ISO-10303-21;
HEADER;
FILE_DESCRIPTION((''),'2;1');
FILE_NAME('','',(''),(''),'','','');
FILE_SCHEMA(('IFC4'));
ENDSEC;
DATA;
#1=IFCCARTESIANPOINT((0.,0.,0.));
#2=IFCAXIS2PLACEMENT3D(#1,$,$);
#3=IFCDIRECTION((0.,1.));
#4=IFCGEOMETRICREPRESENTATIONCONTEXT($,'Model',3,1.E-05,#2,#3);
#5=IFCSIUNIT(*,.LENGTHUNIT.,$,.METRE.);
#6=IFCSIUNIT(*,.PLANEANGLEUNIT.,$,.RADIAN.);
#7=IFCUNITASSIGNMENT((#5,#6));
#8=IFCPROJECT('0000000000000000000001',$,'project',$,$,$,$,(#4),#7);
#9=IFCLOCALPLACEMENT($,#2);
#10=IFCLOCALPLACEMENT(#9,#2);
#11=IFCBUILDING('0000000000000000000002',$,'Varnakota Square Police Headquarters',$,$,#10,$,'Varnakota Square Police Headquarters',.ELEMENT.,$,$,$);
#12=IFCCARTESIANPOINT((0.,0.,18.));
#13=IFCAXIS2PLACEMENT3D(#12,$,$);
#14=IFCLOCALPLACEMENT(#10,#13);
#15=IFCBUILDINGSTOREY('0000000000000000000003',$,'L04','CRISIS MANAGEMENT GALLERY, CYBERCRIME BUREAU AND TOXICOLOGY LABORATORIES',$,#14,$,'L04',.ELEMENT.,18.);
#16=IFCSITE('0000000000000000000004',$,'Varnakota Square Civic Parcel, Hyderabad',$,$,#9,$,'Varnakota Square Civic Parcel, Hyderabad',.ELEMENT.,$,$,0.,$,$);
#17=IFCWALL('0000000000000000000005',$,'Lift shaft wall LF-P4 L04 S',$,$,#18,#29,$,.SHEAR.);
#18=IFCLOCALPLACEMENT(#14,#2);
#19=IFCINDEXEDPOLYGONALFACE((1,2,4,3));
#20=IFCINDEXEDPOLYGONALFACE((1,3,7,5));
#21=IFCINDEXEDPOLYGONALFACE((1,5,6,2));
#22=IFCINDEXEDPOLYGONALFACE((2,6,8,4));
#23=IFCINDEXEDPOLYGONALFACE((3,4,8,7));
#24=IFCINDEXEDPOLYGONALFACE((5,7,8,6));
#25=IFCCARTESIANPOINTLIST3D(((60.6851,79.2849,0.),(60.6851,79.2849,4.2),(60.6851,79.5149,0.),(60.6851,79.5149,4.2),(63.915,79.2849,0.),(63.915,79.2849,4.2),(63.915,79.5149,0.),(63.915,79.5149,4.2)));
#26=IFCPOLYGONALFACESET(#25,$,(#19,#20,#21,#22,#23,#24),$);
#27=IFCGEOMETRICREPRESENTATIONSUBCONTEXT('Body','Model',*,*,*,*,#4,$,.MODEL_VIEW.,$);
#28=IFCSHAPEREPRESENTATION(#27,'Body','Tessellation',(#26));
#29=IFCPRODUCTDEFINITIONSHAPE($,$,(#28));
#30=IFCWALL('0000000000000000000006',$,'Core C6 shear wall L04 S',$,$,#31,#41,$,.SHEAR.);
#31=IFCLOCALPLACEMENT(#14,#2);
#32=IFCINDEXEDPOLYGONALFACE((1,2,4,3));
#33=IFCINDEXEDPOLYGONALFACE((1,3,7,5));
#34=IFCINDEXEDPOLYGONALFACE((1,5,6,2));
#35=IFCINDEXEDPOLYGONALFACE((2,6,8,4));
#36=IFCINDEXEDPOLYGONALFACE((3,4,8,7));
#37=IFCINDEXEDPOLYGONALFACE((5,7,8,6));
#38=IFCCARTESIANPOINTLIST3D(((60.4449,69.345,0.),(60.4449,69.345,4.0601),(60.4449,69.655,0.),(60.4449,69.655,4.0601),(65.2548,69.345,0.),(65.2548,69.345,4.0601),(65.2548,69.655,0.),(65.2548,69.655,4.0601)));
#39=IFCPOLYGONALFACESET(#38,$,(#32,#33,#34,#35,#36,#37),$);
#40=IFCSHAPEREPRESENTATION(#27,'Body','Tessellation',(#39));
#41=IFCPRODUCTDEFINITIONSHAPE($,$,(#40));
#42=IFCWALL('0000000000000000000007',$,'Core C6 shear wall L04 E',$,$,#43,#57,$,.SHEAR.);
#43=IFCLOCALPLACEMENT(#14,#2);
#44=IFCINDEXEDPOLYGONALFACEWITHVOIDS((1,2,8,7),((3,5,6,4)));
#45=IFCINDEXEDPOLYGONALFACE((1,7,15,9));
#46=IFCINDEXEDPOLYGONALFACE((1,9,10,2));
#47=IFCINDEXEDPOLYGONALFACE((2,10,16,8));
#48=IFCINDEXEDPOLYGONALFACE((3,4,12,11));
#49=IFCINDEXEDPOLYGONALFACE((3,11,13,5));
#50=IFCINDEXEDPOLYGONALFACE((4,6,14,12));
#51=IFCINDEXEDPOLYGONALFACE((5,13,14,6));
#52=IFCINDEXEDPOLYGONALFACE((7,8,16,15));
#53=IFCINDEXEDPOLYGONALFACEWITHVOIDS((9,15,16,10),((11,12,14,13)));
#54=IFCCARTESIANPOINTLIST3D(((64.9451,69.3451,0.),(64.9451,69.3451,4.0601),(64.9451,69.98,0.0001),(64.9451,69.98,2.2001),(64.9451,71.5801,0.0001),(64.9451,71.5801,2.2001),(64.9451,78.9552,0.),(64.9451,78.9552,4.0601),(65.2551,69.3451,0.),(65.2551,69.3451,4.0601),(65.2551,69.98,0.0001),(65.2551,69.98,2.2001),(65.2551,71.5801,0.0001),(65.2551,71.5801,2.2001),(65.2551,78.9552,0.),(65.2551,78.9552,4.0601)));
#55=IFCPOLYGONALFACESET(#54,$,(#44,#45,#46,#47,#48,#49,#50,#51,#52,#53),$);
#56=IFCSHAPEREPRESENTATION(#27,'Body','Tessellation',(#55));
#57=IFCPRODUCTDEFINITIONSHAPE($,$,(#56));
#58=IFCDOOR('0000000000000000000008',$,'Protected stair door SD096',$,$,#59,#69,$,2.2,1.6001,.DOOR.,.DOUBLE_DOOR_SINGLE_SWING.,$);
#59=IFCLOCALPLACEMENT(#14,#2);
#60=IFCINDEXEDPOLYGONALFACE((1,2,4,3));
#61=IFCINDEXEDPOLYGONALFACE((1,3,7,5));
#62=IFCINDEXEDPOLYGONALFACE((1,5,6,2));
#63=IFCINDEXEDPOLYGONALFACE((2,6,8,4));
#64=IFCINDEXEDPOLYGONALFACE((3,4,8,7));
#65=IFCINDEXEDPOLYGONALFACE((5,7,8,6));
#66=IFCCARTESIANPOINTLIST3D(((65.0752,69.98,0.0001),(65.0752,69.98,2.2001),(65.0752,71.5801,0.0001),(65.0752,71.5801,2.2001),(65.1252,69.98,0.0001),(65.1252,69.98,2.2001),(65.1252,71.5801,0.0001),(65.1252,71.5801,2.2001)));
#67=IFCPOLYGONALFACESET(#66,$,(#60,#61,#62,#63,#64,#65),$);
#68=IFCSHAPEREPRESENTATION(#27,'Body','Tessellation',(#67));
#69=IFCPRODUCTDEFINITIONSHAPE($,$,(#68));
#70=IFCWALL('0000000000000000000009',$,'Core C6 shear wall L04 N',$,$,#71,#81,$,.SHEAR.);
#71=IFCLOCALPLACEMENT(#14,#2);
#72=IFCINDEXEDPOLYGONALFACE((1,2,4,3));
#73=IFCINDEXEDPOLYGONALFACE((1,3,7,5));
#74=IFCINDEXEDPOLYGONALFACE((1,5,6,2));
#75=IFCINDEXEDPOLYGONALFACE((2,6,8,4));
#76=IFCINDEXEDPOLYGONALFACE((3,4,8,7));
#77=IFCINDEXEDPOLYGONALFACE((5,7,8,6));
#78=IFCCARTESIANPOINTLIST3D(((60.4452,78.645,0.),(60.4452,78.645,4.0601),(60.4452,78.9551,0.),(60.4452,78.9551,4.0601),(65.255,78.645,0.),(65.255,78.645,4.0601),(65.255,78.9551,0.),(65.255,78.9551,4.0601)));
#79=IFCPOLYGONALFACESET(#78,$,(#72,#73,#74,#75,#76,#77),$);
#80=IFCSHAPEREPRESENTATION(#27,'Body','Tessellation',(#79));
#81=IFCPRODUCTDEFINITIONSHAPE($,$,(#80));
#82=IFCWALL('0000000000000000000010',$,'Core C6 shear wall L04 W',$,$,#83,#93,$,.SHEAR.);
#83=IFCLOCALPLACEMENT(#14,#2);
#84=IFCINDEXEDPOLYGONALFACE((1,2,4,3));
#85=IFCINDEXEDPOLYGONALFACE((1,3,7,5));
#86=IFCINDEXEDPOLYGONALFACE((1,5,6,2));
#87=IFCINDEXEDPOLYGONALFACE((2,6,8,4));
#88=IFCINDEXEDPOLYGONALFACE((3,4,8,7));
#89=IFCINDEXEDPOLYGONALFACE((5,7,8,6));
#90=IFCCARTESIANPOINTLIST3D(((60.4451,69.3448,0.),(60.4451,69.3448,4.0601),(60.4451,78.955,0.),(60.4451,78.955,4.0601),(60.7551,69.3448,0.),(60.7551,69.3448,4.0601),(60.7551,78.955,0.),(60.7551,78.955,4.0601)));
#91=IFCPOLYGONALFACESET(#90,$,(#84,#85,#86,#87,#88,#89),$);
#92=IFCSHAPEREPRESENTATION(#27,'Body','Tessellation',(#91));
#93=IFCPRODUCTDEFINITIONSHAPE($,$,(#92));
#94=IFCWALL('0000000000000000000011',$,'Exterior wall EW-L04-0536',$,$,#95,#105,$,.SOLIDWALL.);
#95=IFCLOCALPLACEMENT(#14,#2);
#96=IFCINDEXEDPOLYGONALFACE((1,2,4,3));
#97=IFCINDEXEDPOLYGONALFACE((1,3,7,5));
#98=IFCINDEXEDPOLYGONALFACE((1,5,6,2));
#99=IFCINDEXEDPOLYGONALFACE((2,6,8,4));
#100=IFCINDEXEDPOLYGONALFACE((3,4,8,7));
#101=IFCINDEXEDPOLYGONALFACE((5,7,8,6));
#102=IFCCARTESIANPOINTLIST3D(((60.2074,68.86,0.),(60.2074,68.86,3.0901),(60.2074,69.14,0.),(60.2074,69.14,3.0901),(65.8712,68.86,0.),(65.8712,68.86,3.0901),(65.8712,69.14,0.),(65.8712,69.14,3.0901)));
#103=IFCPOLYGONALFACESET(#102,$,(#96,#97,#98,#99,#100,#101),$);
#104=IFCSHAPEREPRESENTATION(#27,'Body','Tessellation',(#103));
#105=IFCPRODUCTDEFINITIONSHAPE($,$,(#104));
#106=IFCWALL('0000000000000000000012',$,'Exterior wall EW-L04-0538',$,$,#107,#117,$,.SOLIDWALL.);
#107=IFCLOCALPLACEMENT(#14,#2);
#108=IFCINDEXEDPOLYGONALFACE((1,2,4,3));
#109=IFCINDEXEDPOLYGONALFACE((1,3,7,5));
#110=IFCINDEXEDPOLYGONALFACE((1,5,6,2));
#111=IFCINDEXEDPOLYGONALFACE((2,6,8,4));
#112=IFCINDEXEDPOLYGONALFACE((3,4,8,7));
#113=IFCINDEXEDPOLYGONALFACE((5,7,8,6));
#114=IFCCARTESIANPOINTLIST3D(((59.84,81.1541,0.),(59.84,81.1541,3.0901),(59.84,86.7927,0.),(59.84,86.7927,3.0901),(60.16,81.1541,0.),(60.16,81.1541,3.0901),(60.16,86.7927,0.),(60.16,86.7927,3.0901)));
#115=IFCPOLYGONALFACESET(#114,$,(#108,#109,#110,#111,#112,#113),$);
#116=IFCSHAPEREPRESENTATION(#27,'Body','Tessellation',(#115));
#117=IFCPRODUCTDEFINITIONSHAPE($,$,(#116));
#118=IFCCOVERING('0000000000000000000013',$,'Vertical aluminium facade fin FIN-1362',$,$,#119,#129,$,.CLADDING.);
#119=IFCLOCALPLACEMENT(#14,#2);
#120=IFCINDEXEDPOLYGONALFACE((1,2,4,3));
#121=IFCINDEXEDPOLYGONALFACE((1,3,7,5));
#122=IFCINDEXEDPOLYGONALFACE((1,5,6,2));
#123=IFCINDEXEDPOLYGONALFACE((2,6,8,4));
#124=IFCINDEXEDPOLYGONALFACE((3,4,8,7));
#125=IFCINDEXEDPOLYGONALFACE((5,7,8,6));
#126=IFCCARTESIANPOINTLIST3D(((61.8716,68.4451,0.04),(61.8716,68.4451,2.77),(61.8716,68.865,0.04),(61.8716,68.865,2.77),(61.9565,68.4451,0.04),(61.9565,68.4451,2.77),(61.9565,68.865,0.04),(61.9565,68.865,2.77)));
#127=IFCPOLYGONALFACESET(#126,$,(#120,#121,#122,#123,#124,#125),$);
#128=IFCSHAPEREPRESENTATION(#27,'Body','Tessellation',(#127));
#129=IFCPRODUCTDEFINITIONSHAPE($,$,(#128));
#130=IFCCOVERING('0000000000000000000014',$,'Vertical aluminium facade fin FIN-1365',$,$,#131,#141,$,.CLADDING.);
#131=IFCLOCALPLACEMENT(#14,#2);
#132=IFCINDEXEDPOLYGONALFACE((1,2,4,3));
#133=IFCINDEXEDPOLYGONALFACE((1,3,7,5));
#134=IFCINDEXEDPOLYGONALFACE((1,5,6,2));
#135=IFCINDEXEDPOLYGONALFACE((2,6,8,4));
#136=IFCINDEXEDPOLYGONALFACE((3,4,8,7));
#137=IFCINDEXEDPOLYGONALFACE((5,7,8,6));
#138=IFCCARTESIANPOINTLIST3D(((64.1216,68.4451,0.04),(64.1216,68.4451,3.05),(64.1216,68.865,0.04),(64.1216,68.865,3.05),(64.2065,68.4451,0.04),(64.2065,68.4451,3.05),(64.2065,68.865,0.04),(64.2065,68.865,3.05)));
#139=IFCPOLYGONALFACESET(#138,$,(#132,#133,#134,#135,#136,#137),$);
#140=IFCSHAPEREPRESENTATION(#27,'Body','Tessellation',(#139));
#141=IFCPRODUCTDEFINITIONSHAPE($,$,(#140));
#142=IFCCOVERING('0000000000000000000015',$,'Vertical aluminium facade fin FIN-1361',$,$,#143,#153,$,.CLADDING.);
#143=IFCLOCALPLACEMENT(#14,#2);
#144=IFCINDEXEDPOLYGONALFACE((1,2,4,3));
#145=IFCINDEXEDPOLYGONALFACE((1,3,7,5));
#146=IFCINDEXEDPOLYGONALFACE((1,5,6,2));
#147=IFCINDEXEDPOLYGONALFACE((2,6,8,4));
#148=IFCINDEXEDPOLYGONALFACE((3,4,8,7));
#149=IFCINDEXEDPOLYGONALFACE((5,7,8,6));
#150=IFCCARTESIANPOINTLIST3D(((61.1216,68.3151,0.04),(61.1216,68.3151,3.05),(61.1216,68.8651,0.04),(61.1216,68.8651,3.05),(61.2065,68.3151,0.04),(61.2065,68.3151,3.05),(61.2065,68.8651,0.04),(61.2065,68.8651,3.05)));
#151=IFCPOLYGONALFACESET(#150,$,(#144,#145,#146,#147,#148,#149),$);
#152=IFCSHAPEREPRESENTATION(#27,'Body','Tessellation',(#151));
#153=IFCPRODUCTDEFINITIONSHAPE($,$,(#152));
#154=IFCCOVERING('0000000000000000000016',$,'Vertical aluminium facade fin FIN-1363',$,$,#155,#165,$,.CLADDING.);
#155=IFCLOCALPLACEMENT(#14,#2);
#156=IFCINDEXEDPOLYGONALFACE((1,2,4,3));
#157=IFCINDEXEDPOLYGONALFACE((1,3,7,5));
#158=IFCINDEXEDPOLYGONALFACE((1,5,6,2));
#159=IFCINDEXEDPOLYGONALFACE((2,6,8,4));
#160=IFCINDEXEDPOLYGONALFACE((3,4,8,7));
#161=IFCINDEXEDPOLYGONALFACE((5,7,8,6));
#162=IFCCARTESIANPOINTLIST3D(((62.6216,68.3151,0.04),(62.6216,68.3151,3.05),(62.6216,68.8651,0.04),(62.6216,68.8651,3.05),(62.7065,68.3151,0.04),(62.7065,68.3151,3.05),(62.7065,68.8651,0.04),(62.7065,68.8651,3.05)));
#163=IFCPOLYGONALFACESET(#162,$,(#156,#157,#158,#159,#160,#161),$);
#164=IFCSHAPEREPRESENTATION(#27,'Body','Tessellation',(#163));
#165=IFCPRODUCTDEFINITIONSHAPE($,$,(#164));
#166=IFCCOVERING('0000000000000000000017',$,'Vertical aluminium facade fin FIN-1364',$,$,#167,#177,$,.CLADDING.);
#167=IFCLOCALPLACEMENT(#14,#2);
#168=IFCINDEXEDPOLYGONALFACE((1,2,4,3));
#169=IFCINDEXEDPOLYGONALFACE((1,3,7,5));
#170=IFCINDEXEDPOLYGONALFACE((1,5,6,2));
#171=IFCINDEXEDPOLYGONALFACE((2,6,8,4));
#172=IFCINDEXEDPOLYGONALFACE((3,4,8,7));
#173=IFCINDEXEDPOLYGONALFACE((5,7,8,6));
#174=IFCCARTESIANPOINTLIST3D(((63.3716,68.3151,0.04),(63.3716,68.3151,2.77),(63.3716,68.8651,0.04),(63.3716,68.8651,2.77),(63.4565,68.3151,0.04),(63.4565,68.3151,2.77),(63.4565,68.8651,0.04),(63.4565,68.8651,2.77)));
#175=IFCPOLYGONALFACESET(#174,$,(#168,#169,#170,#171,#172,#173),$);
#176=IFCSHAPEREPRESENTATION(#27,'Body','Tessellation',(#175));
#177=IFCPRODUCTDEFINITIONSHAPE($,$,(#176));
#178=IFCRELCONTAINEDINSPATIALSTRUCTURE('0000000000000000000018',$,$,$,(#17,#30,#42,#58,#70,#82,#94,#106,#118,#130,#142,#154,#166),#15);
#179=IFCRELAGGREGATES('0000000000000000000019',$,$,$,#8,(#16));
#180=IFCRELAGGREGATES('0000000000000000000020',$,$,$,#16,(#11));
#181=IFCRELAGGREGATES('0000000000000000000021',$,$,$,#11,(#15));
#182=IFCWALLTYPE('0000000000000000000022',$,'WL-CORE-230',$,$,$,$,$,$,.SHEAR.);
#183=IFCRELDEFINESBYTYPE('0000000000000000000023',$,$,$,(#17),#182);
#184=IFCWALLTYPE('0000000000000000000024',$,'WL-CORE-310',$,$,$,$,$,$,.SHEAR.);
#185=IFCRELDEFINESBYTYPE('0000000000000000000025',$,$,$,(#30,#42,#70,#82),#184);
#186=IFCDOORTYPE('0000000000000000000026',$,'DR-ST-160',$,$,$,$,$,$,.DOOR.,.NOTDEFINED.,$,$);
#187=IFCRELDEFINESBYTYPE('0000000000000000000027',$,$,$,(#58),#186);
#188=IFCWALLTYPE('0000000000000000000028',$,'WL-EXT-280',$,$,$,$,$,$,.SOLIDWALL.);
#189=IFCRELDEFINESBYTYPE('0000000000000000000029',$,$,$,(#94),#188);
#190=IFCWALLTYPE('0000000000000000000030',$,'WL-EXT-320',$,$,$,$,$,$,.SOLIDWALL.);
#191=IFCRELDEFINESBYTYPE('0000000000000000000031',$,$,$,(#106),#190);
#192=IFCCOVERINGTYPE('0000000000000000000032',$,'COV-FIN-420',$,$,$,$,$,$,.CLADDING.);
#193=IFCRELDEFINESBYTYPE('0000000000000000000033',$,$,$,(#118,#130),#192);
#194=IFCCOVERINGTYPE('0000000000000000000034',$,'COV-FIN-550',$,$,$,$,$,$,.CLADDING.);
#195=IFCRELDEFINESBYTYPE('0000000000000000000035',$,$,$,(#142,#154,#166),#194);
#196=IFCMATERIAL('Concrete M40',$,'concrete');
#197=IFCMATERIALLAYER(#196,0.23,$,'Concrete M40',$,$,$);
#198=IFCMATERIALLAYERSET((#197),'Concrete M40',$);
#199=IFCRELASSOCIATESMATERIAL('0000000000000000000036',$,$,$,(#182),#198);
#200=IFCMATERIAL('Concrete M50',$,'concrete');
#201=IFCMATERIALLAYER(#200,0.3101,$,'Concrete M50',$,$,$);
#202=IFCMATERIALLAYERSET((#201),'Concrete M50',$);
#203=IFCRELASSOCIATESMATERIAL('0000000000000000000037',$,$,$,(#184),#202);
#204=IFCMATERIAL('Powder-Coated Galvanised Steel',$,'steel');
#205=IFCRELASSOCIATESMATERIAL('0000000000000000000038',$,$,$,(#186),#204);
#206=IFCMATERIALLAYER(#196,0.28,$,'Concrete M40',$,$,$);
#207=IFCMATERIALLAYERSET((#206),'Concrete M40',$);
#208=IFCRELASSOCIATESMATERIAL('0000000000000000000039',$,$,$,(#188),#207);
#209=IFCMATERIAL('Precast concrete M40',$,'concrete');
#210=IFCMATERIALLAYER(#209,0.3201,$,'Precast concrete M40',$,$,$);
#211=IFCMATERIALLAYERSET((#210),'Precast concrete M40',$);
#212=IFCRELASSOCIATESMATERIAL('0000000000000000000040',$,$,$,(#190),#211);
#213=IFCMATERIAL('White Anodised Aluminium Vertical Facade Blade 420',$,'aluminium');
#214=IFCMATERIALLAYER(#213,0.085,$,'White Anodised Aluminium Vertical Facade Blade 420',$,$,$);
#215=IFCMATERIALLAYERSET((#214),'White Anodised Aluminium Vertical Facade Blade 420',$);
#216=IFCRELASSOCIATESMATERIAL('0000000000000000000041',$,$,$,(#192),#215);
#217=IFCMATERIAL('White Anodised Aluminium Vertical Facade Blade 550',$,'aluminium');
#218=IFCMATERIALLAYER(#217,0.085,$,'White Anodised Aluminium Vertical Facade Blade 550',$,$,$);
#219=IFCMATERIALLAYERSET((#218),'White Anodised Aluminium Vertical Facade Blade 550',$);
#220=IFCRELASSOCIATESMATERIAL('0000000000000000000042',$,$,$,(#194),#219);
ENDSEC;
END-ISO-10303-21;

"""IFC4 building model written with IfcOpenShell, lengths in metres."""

from ifc_helpers import new_model, si_unit, direction, frame, frame_2d, origin, origin_2d, place, context, subcontext, project, spatial, rectangle, extrude, material, layer, layer_set, type_object, element, fill, save


model = new_model("IFC4")

# Units and contexts
model_context = context("Model", 3, precision=1e-05, world=origin(), true_north=direction((0.0, 1.0)))
body_context = subcontext(model_context, "Body", "Model", "MODEL_VIEW")
ifc_project = project(units=[si_unit("LENGTHUNIT", "METRE"), si_unit("PLANEANGLEUNIT", "RADIAN")], contexts=[model_context])

# Site, building, storey
site_placement = place(None, origin())
site = spatial("IfcSite", under=ifc_project, at=site_placement, Name="Varnakota Square Civic Parcel, Hyderabad", LongName="Varnakota Square Civic Parcel, Hyderabad", CompositionType="ELEMENT", RefElevation=0.0)
building_placement = place(site_placement, origin())
building = spatial("IfcBuilding", under=site, at=building_placement, Name="Varnakota Square Police Headquarters", LongName="Varnakota Square Police Headquarters", CompositionType="ELEMENT")
storey_placement = place(building_placement, frame((0.0, 0.0, 18.0)))
storey = spatial("IfcBuildingStorey", under=building, at=storey_placement, Name="L04", Description="CRISIS MANAGEMENT GALLERY, CYBERCRIME BUREAU AND TOXICOLOGY LABORATORIES", LongName="L04", CompositionType="ELEMENT", Elevation=18.0)

# Wall
ifc_material_1 = material(Name="Concrete M40", Category="concrete")
ifc_layer_1 = layer(ifc_material_1, 0.23, Name="Concrete M40")
ifc_layer_set_1 = layer_set([ifc_layer_1], Name="Concrete M40")
wall_type_1 = type_object("IfcWallType", Name="WL-CORE-230", PredefinedType="SHEAR", material=ifc_layer_set_1)
wall_1_placement = place(storey_placement, frame((60.6851, 79.3999, 0.0), z_axis=(0.0, 0.0, 1.0), x_axis=(1.0, 0.0, 0.0)))
element("IfcWall", 1, at=wall_1_placement, inside=storey, type_object=wall_type_1, Name="Lift shaft wall LF-P4 L04 S", PredefinedType="SHEAR", context=body_context, shape_type="SweptSolid", body=[
    extrude(rectangle(XDim=3.23, YDim=0.23, at=frame_2d((1.615, 0.0))), origin(), (0.0, 0.0, 1.0), 4.2),
])

# Wall
ifc_material_2 = material(Name="Concrete M50", Category="concrete")
ifc_layer_2 = layer(ifc_material_2, 0.3101, Name="Concrete M50")
ifc_layer_set_2 = layer_set([ifc_layer_2], Name="Concrete M50")
wall_type_2 = type_object("IfcWallType", Name="WL-CORE-310", PredefinedType="SHEAR", material=ifc_layer_set_2)
wall_2_placement = place(storey_placement, frame((60.4451, 69.5, 0.0), z_axis=(0.0, 0.0, 1.0), x_axis=(1.0, 0.0, 0.0)))
element("IfcWall", 2, at=wall_2_placement, inside=storey, type_object=wall_type_2, Name="Core C6 shear wall L04 S", PredefinedType="SHEAR", context=body_context, shape_type="SweptSolid", body=[
    extrude(rectangle(XDim=4.8098, YDim=0.3101, at=frame_2d((2.4048, 0.0))), origin(), (0.0, 0.0, 1.0), 4.0601),
])

# Wall, opening, door
wall_3_placement = place(storey_placement, frame((65.1001, 69.345, 0.0), z_axis=(0.0, 0.0, 1.0), x_axis=(0.0, 1.0, 0.0)))
wall_3 = element("IfcWall", 3, at=wall_3_placement, inside=storey, type_object=wall_type_2, Name="Core C6 shear wall L04 E", PredefinedType="SHEAR", context=body_context, shape_type="SweptSolid", body=[
    extrude(rectangle(XDim=9.6101, YDim=0.3101, at=frame_2d((4.8052, 0.0))), origin(), (0.0, 0.0, 1.0), 4.0601),
])
opening_1_placement = place(wall_3_placement, frame((0.635, 0.0, 0.0)))
opening_1 = element("IfcOpeningElement", 4, at=opening_1_placement, cuts=wall_3, PredefinedType="OPENING", context=body_context, shape_type="SweptSolid", body=[
    extrude(rectangle(XDim=1.6001, YDim=2.2, at=frame_2d((0.8, 1.1001))), frame((0.0, 0.165, 0.0), z_axis=(0.0, -1.0, 0.0), x_axis=(1.0, 0.0, 0.0)), (0.0, 0.0, 1.0), 0.3301),
])
ifc_material_3 = material(Name="Powder-Coated Galvanised Steel", Category="steel")
door_type_1 = type_object("IfcDoorType", Name="DR-ST-160", OperationType="NOTDEFINED", PredefinedType="DOOR", material=ifc_material_3)
door_1_placement = place(opening_1_placement, origin())
door_1 = element("IfcDoor", 5, at=door_1_placement, inside=storey, type_object=door_type_1, Name="Protected stair door SD096", OperationType="DOUBLE_DOOR_SINGLE_SWING", OverallHeight=2.2, OverallWidth=1.6001, PredefinedType="DOOR", context=body_context, shape_type="SweptSolid", body=[
    extrude(rectangle(XDim=1.6001, YDim=2.2, at=frame_2d((0.8, 1.1001))), frame((0.0, 0.0249, 0.0), z_axis=(0.0, -1.0, 0.0), x_axis=(1.0, 0.0, 0.0)), (0.0, 0.0, 1.0), 0.05),
])
fill(opening_1, door_1)

# Walls
wall_4_placement = place(storey_placement, frame((65.2549, 78.8, 0.0), z_axis=(0.0, 0.0, 1.0), x_axis=(-1.0, 0.0, 0.0)))
element("IfcWall", 6, at=wall_4_placement, inside=storey, type_object=wall_type_2, Name="Core C6 shear wall L04 N", PredefinedType="SHEAR", context=body_context, shape_type="SweptSolid", body=[
    extrude(rectangle(XDim=4.8098, YDim=0.3101, at=frame_2d((2.4048, 0.0))), origin(), (0.0, 0.0, 1.0), 4.0601),
])
wall_5_placement = place(storey_placement, frame((60.6001, 78.9551, 0.0), z_axis=(0.0, 0.0, 1.0), x_axis=(0.0, -1.0, 0.0)))
element("IfcWall", 7, at=wall_5_placement, inside=storey, type_object=wall_type_2, Name="Core C6 shear wall L04 W", PredefinedType="SHEAR", context=body_context, shape_type="SweptSolid", body=[
    extrude(rectangle(XDim=9.6101, YDim=0.3101, at=frame_2d((4.8052, 0.0))), origin(), (0.0, 0.0, 1.0), 4.0601),
])
ifc_layer_3 = layer(ifc_material_1, 0.28, Name="Concrete M40")
ifc_layer_set_3 = layer_set([ifc_layer_3], Name="Concrete M40")
wall_type_3 = type_object("IfcWallType", Name="WL-EXT-280", PredefinedType="SOLIDWALL", material=ifc_layer_set_3)
wall_6_placement = place(storey_placement, frame((60.2073, 69.0, 0.0), z_axis=(0.0, 0.0, 1.0), x_axis=(1.0, 0.0, 0.0)))
element("IfcWall", 8, at=wall_6_placement, inside=storey, type_object=wall_type_3, Name="Exterior wall EW-L04-0536", PredefinedType="SOLIDWALL", context=body_context, shape_type="SweptSolid", body=[
    extrude(rectangle(XDim=5.6638, YDim=0.28, at=frame_2d((2.832, 0.0))), origin(), (0.0, 0.0, 1.0), 3.0901),
])
ifc_material_4 = material(Name="Precast concrete M40", Category="concrete")
ifc_layer_4 = layer(ifc_material_4, 0.3201, Name="Precast concrete M40")
ifc_layer_set_4 = layer_set([ifc_layer_4], Name="Precast concrete M40")
wall_type_4 = type_object("IfcWallType", Name="WL-EXT-320", PredefinedType="SOLIDWALL", material=ifc_layer_set_4)
wall_7_placement = place(storey_placement, frame((60.0, 81.1541, 0.0), z_axis=(0.0, 0.0, 1.0), x_axis=(0.0, 1.0, 0.0)))
element("IfcWall", 9, at=wall_7_placement, inside=storey, type_object=wall_type_4, Name="Exterior wall EW-L04-0538", PredefinedType="SOLIDWALL", context=body_context, shape_type="SweptSolid", body=[
    extrude(rectangle(XDim=5.6387, YDim=0.3201, at=frame_2d((2.8193, 0.0))), origin(), (0.0, 0.0, 1.0), 3.0901),
])

# Coverings
ifc_material_5 = material(Name="White Anodised Aluminium Vertical Facade Blade 420", Category="aluminium")
ifc_layer_5 = layer(ifc_material_5, 0.085, Name="White Anodised Aluminium Vertical Facade Blade 420")
ifc_layer_set_5 = layer_set([ifc_layer_5], Name="White Anodised Aluminium Vertical Facade Blade 420")
covering_type_1 = type_object("IfcCoveringType", Name="COV-FIN-420", PredefinedType="CLADDING", material=ifc_layer_set_5)
covering_1_placement = place(storey_placement, frame((61.9141, 68.655, 0.04), z_axis=(0.0, 0.0, 1.0), x_axis=(1.0, 0.0, 0.0)))
element("IfcCovering", 10, at=covering_1_placement, inside=storey, type_object=covering_type_1, Name="Vertical aluminium facade fin FIN-1362", PredefinedType="CLADDING", context=body_context, shape_type="SweptSolid", body=[
    extrude(rectangle(XDim=0.085, YDim=0.4199, at=origin_2d()), origin(), (0.0, 0.0, 1.0), 2.73),
])
covering_2_placement = place(storey_placement, frame((64.1641, 68.655, 0.04), z_axis=(0.0, 0.0, 1.0), x_axis=(1.0, 0.0, 0.0)))
element("IfcCovering", 11, at=covering_2_placement, inside=storey, type_object=covering_type_1, Name="Vertical aluminium facade fin FIN-1365", PredefinedType="CLADDING", context=body_context, shape_type="SweptSolid", body=[
    extrude(rectangle(XDim=0.085, YDim=0.4199, at=origin_2d()), origin(), (0.0, 0.0, 1.0), 3.01),
])
ifc_material_6 = material(Name="White Anodised Aluminium Vertical Facade Blade 550", Category="aluminium")
ifc_layer_6 = layer(ifc_material_6, 0.085, Name="White Anodised Aluminium Vertical Facade Blade 550")
ifc_layer_set_6 = layer_set([ifc_layer_6], Name="White Anodised Aluminium Vertical Facade Blade 550")
covering_type_2 = type_object("IfcCoveringType", Name="COV-FIN-550", PredefinedType="CLADDING", material=ifc_layer_set_6)
for number, where, z_axis, x_axis, name in (
    (12, (61.1641, 68.5901, 0.04), (0.0, 0.0, 1.0), (1.0, 0.0, 0.0), "Vertical aluminium facade fin FIN-1361"),
    (13, (62.6641, 68.5901, 0.04), (0.0, 0.0, 1.0), (1.0, 0.0, 0.0), "Vertical aluminium facade fin FIN-1363"),
):
    element("IfcCovering", number, at=place(storey_placement, frame(where, z_axis=z_axis, x_axis=x_axis)), inside=storey, type_object=covering_type_2, Name=name, PredefinedType="CLADDING", context=body_context, shape_type="SweptSolid", body=[
        extrude(rectangle(XDim=0.085, YDim=0.55, at=origin_2d()), origin(), (0.0, 0.0, 1.0), 3.01),
    ])
for number, where, z_axis, x_axis, name in (
    (14, (63.4141, 68.5901, 0.04), (0.0, 0.0, 1.0), (1.0, 0.0, 0.0), "Vertical aluminium facade fin FIN-1364"),
):
    element("IfcCovering", number, at=place(storey_placement, frame(where, z_axis=z_axis, x_axis=x_axis)), inside=storey, type_object=covering_type_2, Name=name, PredefinedType="CLADDING", context=body_context, shape_type="SweptSolid", body=[
        extrude(rectangle(XDim=0.085, YDim=0.55, at=origin_2d()), origin(), (0.0, 0.0, 1.0), 2.73),
    ])

save(model, "model.ifc")
